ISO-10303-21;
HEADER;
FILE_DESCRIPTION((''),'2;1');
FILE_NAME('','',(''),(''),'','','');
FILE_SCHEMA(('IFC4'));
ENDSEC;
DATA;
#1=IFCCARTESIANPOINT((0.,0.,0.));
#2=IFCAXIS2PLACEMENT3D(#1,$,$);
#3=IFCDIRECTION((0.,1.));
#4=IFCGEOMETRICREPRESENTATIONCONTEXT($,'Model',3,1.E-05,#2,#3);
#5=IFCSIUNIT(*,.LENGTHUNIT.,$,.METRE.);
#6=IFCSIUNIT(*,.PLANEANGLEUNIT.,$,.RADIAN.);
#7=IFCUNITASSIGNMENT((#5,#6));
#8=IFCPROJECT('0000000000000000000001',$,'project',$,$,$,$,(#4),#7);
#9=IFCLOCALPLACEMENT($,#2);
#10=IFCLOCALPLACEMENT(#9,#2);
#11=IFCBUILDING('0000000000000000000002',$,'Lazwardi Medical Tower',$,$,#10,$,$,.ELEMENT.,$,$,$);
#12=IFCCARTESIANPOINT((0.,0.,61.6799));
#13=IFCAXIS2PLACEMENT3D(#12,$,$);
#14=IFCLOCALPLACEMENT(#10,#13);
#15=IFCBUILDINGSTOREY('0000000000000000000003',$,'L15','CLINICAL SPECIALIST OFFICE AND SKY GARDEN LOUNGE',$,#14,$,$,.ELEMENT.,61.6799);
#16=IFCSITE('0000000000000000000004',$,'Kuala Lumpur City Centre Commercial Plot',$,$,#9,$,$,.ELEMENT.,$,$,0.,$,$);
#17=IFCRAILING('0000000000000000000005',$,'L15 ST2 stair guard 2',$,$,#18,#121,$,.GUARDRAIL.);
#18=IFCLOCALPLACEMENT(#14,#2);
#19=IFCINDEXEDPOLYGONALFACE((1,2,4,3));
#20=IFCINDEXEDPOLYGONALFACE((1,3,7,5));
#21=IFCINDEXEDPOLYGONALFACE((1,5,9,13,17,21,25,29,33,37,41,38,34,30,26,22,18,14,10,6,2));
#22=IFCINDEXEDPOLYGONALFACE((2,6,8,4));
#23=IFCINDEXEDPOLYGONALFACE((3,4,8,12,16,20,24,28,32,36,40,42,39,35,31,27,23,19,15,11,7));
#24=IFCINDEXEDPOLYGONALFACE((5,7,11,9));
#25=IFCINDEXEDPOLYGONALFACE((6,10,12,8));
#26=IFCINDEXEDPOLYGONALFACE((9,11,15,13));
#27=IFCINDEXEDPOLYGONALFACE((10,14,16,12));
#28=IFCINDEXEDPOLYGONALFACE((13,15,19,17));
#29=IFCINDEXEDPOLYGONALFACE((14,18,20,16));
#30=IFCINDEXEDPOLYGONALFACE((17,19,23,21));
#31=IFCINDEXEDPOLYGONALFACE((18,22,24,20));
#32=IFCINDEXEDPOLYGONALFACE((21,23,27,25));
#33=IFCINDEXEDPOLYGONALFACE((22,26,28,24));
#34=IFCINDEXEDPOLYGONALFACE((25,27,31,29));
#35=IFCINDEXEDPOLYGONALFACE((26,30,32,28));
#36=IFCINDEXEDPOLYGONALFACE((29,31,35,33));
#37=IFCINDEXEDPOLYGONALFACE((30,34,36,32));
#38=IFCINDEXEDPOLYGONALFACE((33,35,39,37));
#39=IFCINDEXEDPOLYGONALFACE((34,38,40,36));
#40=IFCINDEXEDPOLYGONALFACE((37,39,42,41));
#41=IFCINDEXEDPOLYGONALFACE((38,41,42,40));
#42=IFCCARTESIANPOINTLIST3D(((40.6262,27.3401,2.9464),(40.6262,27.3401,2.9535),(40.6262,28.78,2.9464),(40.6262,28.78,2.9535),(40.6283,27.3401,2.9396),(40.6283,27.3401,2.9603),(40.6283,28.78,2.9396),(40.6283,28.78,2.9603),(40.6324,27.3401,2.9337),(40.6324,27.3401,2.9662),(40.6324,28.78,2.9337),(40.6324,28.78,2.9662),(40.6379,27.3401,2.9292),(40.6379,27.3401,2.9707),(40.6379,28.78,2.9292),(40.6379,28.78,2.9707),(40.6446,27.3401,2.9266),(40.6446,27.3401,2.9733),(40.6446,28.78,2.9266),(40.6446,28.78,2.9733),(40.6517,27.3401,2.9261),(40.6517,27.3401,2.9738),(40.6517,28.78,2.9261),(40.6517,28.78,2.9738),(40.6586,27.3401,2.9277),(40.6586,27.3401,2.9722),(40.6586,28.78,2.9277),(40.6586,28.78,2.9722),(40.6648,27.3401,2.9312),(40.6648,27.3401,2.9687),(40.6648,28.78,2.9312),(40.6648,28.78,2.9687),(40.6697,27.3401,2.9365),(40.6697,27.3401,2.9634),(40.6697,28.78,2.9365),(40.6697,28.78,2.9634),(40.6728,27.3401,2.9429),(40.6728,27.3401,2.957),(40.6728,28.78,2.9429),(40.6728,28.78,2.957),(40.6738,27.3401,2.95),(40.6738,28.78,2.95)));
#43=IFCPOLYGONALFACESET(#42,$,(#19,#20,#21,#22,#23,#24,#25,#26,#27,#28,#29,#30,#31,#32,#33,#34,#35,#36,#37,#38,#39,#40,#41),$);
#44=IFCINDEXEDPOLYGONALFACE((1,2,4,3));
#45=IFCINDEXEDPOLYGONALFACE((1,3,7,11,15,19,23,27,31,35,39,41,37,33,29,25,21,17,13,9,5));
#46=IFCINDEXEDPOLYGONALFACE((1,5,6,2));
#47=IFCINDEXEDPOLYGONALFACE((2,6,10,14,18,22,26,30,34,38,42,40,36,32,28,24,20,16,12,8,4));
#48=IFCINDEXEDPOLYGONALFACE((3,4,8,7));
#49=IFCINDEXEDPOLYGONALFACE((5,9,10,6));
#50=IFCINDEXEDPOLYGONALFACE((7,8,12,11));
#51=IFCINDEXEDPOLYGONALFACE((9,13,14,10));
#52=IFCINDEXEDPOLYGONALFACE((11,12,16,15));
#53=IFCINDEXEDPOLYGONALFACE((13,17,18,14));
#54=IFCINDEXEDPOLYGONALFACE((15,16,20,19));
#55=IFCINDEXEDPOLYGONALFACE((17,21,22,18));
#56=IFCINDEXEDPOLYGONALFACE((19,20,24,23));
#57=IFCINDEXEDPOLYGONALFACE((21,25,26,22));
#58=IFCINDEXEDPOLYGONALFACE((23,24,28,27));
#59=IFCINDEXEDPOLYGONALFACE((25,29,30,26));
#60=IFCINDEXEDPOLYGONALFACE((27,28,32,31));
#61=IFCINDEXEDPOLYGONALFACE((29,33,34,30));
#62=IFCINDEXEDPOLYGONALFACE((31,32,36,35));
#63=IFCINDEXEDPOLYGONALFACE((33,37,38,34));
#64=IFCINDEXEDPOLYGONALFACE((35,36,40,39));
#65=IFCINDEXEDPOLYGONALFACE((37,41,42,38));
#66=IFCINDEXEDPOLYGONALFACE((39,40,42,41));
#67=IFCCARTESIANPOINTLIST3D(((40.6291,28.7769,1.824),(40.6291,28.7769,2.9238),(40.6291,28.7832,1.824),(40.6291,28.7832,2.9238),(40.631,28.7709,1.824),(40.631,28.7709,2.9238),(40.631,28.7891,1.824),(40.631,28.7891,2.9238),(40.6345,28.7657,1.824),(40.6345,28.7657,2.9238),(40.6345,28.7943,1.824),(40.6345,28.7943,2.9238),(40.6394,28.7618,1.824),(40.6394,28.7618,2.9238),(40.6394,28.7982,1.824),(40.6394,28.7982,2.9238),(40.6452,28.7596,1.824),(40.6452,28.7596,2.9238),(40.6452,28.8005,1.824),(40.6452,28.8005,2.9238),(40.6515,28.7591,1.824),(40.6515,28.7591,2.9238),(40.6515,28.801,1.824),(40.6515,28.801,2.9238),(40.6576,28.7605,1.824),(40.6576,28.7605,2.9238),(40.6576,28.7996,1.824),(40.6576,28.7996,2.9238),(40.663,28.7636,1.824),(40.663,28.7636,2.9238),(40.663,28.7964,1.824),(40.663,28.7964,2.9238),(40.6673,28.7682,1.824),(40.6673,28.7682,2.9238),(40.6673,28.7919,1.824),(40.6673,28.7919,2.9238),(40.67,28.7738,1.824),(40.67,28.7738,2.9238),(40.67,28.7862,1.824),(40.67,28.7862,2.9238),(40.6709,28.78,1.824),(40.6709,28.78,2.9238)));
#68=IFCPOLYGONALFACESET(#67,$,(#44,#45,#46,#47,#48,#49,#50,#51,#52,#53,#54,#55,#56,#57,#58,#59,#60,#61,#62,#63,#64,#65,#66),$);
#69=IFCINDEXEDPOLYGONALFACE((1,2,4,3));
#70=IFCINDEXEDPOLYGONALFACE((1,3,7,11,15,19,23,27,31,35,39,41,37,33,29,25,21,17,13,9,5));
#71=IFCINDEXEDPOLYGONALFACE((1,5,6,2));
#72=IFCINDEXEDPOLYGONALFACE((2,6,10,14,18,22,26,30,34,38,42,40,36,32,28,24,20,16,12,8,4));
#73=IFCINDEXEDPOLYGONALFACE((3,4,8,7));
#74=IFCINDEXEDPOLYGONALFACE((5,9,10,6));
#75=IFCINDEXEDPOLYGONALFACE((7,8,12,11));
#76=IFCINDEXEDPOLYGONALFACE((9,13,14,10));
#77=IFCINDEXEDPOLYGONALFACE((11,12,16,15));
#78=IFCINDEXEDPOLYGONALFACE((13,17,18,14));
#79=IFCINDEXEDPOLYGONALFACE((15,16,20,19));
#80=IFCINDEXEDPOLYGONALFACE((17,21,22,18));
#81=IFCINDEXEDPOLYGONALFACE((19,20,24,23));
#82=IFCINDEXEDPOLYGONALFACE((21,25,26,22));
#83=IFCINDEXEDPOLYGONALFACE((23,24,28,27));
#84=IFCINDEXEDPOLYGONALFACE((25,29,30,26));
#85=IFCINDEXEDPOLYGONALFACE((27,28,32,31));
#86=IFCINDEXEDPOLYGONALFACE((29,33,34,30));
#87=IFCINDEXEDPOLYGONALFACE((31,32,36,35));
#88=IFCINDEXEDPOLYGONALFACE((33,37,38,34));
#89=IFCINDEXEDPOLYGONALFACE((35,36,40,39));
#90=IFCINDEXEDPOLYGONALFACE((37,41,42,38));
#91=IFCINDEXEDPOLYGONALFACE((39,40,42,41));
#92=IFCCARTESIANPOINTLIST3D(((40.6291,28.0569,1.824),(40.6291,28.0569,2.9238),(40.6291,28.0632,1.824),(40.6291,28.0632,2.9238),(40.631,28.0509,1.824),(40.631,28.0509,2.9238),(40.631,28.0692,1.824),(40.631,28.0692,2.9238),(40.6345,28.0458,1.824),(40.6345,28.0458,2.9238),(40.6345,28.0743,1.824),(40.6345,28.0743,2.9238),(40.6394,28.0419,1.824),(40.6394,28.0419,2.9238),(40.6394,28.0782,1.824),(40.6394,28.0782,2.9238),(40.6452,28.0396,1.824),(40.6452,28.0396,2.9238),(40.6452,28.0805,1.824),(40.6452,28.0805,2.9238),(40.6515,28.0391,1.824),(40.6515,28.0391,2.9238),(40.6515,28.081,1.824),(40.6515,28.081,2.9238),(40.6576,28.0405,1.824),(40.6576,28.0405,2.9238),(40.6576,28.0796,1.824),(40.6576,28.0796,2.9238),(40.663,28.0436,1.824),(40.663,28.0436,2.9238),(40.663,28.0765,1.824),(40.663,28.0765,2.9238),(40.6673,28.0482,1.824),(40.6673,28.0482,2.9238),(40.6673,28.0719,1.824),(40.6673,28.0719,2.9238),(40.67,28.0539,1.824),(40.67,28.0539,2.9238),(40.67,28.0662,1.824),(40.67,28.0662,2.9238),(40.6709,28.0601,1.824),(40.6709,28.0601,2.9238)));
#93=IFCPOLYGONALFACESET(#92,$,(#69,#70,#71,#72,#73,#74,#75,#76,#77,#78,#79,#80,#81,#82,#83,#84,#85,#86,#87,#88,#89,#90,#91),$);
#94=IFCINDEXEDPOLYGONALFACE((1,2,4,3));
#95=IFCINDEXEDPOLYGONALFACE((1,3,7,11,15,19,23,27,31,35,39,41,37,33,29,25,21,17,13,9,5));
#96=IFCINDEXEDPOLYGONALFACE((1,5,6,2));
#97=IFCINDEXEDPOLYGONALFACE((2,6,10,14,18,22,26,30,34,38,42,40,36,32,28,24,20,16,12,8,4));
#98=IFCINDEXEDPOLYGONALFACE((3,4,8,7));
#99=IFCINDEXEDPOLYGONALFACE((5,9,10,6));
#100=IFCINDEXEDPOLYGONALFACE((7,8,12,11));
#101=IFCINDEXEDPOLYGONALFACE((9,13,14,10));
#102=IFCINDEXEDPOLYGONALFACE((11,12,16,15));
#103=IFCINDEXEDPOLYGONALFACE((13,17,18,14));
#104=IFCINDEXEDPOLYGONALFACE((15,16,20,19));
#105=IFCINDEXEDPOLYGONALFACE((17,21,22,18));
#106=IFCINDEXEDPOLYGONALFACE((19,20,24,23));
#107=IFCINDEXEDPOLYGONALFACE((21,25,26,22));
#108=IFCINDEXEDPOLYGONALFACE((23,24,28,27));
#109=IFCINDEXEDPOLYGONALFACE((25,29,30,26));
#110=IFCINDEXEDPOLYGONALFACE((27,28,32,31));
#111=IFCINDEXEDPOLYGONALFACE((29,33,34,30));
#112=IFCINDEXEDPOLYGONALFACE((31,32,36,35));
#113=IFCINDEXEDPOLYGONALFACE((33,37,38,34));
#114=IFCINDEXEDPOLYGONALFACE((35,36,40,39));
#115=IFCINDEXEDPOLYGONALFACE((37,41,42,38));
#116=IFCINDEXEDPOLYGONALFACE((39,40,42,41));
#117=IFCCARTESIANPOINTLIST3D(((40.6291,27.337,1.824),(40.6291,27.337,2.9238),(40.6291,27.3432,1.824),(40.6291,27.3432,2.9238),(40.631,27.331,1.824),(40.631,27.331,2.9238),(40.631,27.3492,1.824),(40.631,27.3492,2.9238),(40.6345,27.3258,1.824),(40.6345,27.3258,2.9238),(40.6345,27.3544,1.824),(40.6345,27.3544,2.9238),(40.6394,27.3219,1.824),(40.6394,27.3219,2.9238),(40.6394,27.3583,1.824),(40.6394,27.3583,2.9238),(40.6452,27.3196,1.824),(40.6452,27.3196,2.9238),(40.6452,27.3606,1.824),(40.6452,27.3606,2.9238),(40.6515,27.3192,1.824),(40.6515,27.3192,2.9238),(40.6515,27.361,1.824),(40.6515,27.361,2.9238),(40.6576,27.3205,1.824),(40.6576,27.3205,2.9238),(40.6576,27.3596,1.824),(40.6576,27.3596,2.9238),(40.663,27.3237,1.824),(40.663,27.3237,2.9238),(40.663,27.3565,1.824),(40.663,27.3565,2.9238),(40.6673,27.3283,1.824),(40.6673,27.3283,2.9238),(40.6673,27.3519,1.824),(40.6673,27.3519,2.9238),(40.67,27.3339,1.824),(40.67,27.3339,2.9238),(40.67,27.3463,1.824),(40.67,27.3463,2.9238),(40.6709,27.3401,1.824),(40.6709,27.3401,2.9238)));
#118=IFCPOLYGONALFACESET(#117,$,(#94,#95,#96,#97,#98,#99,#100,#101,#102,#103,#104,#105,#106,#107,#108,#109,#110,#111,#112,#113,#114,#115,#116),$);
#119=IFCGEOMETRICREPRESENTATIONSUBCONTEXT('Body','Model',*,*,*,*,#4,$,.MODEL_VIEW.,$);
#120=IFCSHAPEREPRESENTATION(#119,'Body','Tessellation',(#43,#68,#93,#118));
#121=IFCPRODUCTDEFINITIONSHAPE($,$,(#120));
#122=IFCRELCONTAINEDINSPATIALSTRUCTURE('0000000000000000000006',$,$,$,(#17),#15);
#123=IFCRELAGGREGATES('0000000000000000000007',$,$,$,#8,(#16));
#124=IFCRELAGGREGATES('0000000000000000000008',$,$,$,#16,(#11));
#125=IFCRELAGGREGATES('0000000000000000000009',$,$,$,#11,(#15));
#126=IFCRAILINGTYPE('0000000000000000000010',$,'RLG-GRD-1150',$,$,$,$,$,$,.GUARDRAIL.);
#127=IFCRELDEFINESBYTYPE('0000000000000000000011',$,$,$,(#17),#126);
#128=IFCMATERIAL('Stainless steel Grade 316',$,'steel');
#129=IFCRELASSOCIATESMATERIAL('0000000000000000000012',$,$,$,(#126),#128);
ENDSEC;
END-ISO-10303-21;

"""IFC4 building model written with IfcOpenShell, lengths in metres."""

from ifc_helpers import new_model, si_unit, direction, frame, origin, origin_2d, place, context, subcontext, project, spatial, circle, extrude, material, type_object, element, save


model = new_model("IFC4")

# Units and contexts
model_context = context("Model", 3, precision=1e-05, world=origin(), true_north=direction((0.0, 1.0)))
body_context = subcontext(model_context, "Body", "Model", "MODEL_VIEW")
ifc_project = project(units=[si_unit("LENGTHUNIT", "METRE"), si_unit("PLANEANGLEUNIT", "RADIAN")], contexts=[model_context])

# Site, building, storey
site_placement = place(None, origin())
site = spatial("IfcSite", under=ifc_project, at=site_placement, Name="Kuala Lumpur City Centre Commercial Plot", CompositionType="ELEMENT", RefElevation=0.0)
building_placement = place(site_placement, origin())
building = spatial("IfcBuilding", under=site, at=building_placement, Name="Lazwardi Medical Tower", CompositionType="ELEMENT")
storey_placement = place(building_placement, frame((0.0, 0.0, 61.6799)))
storey = spatial("IfcBuildingStorey", under=building, at=storey_placement, Name="L15", Description="CLINICAL SPECIALIST OFFICE AND SKY GARDEN LOUNGE", CompositionType="ELEMENT", Elevation=61.6799)

# Railing
ifc_material_1 = material(Name="Stainless steel Grade 316", Category="steel")
railing_type_1 = type_object("IfcRailingType", Name="RLG-GRD-1150", PredefinedType="GUARDRAIL", material=ifc_material_1)
railing_1_placement = place(storey_placement, frame((40.6499, 28.78, 1.824)))
element("IfcRailing", 1, at=railing_1_placement, inside=storey, type_object=railing_type_1, Name="L15 ST2 stair guard 2", PredefinedType="GUARDRAIL", context=body_context, shape_type="SweptSolid", body=[
    extrude(circle(Radius=0.0239, at=origin_2d()), frame((0.0, 0.0, 1.126), z_axis=(0.0, -1.0, 0.0), x_axis=(1.0, 0.0, 0.0)), (0.0, 0.0, 1.0), 1.4399),
    extrude(circle(Radius=0.021, at=origin_2d()), origin(), (0.0, 0.0, 1.0), 1.0999),
    extrude(circle(Radius=0.021, at=origin_2d()), frame((0.0, -0.72, 0.0)), (0.0, 0.0, 1.0), 1.0999),
    extrude(circle(Radius=0.021, at=origin_2d()), frame((0.0, -1.4399, 0.0)), (0.0, 0.0, 1.0), 1.0999),
])

save(model, "model.ifc")
